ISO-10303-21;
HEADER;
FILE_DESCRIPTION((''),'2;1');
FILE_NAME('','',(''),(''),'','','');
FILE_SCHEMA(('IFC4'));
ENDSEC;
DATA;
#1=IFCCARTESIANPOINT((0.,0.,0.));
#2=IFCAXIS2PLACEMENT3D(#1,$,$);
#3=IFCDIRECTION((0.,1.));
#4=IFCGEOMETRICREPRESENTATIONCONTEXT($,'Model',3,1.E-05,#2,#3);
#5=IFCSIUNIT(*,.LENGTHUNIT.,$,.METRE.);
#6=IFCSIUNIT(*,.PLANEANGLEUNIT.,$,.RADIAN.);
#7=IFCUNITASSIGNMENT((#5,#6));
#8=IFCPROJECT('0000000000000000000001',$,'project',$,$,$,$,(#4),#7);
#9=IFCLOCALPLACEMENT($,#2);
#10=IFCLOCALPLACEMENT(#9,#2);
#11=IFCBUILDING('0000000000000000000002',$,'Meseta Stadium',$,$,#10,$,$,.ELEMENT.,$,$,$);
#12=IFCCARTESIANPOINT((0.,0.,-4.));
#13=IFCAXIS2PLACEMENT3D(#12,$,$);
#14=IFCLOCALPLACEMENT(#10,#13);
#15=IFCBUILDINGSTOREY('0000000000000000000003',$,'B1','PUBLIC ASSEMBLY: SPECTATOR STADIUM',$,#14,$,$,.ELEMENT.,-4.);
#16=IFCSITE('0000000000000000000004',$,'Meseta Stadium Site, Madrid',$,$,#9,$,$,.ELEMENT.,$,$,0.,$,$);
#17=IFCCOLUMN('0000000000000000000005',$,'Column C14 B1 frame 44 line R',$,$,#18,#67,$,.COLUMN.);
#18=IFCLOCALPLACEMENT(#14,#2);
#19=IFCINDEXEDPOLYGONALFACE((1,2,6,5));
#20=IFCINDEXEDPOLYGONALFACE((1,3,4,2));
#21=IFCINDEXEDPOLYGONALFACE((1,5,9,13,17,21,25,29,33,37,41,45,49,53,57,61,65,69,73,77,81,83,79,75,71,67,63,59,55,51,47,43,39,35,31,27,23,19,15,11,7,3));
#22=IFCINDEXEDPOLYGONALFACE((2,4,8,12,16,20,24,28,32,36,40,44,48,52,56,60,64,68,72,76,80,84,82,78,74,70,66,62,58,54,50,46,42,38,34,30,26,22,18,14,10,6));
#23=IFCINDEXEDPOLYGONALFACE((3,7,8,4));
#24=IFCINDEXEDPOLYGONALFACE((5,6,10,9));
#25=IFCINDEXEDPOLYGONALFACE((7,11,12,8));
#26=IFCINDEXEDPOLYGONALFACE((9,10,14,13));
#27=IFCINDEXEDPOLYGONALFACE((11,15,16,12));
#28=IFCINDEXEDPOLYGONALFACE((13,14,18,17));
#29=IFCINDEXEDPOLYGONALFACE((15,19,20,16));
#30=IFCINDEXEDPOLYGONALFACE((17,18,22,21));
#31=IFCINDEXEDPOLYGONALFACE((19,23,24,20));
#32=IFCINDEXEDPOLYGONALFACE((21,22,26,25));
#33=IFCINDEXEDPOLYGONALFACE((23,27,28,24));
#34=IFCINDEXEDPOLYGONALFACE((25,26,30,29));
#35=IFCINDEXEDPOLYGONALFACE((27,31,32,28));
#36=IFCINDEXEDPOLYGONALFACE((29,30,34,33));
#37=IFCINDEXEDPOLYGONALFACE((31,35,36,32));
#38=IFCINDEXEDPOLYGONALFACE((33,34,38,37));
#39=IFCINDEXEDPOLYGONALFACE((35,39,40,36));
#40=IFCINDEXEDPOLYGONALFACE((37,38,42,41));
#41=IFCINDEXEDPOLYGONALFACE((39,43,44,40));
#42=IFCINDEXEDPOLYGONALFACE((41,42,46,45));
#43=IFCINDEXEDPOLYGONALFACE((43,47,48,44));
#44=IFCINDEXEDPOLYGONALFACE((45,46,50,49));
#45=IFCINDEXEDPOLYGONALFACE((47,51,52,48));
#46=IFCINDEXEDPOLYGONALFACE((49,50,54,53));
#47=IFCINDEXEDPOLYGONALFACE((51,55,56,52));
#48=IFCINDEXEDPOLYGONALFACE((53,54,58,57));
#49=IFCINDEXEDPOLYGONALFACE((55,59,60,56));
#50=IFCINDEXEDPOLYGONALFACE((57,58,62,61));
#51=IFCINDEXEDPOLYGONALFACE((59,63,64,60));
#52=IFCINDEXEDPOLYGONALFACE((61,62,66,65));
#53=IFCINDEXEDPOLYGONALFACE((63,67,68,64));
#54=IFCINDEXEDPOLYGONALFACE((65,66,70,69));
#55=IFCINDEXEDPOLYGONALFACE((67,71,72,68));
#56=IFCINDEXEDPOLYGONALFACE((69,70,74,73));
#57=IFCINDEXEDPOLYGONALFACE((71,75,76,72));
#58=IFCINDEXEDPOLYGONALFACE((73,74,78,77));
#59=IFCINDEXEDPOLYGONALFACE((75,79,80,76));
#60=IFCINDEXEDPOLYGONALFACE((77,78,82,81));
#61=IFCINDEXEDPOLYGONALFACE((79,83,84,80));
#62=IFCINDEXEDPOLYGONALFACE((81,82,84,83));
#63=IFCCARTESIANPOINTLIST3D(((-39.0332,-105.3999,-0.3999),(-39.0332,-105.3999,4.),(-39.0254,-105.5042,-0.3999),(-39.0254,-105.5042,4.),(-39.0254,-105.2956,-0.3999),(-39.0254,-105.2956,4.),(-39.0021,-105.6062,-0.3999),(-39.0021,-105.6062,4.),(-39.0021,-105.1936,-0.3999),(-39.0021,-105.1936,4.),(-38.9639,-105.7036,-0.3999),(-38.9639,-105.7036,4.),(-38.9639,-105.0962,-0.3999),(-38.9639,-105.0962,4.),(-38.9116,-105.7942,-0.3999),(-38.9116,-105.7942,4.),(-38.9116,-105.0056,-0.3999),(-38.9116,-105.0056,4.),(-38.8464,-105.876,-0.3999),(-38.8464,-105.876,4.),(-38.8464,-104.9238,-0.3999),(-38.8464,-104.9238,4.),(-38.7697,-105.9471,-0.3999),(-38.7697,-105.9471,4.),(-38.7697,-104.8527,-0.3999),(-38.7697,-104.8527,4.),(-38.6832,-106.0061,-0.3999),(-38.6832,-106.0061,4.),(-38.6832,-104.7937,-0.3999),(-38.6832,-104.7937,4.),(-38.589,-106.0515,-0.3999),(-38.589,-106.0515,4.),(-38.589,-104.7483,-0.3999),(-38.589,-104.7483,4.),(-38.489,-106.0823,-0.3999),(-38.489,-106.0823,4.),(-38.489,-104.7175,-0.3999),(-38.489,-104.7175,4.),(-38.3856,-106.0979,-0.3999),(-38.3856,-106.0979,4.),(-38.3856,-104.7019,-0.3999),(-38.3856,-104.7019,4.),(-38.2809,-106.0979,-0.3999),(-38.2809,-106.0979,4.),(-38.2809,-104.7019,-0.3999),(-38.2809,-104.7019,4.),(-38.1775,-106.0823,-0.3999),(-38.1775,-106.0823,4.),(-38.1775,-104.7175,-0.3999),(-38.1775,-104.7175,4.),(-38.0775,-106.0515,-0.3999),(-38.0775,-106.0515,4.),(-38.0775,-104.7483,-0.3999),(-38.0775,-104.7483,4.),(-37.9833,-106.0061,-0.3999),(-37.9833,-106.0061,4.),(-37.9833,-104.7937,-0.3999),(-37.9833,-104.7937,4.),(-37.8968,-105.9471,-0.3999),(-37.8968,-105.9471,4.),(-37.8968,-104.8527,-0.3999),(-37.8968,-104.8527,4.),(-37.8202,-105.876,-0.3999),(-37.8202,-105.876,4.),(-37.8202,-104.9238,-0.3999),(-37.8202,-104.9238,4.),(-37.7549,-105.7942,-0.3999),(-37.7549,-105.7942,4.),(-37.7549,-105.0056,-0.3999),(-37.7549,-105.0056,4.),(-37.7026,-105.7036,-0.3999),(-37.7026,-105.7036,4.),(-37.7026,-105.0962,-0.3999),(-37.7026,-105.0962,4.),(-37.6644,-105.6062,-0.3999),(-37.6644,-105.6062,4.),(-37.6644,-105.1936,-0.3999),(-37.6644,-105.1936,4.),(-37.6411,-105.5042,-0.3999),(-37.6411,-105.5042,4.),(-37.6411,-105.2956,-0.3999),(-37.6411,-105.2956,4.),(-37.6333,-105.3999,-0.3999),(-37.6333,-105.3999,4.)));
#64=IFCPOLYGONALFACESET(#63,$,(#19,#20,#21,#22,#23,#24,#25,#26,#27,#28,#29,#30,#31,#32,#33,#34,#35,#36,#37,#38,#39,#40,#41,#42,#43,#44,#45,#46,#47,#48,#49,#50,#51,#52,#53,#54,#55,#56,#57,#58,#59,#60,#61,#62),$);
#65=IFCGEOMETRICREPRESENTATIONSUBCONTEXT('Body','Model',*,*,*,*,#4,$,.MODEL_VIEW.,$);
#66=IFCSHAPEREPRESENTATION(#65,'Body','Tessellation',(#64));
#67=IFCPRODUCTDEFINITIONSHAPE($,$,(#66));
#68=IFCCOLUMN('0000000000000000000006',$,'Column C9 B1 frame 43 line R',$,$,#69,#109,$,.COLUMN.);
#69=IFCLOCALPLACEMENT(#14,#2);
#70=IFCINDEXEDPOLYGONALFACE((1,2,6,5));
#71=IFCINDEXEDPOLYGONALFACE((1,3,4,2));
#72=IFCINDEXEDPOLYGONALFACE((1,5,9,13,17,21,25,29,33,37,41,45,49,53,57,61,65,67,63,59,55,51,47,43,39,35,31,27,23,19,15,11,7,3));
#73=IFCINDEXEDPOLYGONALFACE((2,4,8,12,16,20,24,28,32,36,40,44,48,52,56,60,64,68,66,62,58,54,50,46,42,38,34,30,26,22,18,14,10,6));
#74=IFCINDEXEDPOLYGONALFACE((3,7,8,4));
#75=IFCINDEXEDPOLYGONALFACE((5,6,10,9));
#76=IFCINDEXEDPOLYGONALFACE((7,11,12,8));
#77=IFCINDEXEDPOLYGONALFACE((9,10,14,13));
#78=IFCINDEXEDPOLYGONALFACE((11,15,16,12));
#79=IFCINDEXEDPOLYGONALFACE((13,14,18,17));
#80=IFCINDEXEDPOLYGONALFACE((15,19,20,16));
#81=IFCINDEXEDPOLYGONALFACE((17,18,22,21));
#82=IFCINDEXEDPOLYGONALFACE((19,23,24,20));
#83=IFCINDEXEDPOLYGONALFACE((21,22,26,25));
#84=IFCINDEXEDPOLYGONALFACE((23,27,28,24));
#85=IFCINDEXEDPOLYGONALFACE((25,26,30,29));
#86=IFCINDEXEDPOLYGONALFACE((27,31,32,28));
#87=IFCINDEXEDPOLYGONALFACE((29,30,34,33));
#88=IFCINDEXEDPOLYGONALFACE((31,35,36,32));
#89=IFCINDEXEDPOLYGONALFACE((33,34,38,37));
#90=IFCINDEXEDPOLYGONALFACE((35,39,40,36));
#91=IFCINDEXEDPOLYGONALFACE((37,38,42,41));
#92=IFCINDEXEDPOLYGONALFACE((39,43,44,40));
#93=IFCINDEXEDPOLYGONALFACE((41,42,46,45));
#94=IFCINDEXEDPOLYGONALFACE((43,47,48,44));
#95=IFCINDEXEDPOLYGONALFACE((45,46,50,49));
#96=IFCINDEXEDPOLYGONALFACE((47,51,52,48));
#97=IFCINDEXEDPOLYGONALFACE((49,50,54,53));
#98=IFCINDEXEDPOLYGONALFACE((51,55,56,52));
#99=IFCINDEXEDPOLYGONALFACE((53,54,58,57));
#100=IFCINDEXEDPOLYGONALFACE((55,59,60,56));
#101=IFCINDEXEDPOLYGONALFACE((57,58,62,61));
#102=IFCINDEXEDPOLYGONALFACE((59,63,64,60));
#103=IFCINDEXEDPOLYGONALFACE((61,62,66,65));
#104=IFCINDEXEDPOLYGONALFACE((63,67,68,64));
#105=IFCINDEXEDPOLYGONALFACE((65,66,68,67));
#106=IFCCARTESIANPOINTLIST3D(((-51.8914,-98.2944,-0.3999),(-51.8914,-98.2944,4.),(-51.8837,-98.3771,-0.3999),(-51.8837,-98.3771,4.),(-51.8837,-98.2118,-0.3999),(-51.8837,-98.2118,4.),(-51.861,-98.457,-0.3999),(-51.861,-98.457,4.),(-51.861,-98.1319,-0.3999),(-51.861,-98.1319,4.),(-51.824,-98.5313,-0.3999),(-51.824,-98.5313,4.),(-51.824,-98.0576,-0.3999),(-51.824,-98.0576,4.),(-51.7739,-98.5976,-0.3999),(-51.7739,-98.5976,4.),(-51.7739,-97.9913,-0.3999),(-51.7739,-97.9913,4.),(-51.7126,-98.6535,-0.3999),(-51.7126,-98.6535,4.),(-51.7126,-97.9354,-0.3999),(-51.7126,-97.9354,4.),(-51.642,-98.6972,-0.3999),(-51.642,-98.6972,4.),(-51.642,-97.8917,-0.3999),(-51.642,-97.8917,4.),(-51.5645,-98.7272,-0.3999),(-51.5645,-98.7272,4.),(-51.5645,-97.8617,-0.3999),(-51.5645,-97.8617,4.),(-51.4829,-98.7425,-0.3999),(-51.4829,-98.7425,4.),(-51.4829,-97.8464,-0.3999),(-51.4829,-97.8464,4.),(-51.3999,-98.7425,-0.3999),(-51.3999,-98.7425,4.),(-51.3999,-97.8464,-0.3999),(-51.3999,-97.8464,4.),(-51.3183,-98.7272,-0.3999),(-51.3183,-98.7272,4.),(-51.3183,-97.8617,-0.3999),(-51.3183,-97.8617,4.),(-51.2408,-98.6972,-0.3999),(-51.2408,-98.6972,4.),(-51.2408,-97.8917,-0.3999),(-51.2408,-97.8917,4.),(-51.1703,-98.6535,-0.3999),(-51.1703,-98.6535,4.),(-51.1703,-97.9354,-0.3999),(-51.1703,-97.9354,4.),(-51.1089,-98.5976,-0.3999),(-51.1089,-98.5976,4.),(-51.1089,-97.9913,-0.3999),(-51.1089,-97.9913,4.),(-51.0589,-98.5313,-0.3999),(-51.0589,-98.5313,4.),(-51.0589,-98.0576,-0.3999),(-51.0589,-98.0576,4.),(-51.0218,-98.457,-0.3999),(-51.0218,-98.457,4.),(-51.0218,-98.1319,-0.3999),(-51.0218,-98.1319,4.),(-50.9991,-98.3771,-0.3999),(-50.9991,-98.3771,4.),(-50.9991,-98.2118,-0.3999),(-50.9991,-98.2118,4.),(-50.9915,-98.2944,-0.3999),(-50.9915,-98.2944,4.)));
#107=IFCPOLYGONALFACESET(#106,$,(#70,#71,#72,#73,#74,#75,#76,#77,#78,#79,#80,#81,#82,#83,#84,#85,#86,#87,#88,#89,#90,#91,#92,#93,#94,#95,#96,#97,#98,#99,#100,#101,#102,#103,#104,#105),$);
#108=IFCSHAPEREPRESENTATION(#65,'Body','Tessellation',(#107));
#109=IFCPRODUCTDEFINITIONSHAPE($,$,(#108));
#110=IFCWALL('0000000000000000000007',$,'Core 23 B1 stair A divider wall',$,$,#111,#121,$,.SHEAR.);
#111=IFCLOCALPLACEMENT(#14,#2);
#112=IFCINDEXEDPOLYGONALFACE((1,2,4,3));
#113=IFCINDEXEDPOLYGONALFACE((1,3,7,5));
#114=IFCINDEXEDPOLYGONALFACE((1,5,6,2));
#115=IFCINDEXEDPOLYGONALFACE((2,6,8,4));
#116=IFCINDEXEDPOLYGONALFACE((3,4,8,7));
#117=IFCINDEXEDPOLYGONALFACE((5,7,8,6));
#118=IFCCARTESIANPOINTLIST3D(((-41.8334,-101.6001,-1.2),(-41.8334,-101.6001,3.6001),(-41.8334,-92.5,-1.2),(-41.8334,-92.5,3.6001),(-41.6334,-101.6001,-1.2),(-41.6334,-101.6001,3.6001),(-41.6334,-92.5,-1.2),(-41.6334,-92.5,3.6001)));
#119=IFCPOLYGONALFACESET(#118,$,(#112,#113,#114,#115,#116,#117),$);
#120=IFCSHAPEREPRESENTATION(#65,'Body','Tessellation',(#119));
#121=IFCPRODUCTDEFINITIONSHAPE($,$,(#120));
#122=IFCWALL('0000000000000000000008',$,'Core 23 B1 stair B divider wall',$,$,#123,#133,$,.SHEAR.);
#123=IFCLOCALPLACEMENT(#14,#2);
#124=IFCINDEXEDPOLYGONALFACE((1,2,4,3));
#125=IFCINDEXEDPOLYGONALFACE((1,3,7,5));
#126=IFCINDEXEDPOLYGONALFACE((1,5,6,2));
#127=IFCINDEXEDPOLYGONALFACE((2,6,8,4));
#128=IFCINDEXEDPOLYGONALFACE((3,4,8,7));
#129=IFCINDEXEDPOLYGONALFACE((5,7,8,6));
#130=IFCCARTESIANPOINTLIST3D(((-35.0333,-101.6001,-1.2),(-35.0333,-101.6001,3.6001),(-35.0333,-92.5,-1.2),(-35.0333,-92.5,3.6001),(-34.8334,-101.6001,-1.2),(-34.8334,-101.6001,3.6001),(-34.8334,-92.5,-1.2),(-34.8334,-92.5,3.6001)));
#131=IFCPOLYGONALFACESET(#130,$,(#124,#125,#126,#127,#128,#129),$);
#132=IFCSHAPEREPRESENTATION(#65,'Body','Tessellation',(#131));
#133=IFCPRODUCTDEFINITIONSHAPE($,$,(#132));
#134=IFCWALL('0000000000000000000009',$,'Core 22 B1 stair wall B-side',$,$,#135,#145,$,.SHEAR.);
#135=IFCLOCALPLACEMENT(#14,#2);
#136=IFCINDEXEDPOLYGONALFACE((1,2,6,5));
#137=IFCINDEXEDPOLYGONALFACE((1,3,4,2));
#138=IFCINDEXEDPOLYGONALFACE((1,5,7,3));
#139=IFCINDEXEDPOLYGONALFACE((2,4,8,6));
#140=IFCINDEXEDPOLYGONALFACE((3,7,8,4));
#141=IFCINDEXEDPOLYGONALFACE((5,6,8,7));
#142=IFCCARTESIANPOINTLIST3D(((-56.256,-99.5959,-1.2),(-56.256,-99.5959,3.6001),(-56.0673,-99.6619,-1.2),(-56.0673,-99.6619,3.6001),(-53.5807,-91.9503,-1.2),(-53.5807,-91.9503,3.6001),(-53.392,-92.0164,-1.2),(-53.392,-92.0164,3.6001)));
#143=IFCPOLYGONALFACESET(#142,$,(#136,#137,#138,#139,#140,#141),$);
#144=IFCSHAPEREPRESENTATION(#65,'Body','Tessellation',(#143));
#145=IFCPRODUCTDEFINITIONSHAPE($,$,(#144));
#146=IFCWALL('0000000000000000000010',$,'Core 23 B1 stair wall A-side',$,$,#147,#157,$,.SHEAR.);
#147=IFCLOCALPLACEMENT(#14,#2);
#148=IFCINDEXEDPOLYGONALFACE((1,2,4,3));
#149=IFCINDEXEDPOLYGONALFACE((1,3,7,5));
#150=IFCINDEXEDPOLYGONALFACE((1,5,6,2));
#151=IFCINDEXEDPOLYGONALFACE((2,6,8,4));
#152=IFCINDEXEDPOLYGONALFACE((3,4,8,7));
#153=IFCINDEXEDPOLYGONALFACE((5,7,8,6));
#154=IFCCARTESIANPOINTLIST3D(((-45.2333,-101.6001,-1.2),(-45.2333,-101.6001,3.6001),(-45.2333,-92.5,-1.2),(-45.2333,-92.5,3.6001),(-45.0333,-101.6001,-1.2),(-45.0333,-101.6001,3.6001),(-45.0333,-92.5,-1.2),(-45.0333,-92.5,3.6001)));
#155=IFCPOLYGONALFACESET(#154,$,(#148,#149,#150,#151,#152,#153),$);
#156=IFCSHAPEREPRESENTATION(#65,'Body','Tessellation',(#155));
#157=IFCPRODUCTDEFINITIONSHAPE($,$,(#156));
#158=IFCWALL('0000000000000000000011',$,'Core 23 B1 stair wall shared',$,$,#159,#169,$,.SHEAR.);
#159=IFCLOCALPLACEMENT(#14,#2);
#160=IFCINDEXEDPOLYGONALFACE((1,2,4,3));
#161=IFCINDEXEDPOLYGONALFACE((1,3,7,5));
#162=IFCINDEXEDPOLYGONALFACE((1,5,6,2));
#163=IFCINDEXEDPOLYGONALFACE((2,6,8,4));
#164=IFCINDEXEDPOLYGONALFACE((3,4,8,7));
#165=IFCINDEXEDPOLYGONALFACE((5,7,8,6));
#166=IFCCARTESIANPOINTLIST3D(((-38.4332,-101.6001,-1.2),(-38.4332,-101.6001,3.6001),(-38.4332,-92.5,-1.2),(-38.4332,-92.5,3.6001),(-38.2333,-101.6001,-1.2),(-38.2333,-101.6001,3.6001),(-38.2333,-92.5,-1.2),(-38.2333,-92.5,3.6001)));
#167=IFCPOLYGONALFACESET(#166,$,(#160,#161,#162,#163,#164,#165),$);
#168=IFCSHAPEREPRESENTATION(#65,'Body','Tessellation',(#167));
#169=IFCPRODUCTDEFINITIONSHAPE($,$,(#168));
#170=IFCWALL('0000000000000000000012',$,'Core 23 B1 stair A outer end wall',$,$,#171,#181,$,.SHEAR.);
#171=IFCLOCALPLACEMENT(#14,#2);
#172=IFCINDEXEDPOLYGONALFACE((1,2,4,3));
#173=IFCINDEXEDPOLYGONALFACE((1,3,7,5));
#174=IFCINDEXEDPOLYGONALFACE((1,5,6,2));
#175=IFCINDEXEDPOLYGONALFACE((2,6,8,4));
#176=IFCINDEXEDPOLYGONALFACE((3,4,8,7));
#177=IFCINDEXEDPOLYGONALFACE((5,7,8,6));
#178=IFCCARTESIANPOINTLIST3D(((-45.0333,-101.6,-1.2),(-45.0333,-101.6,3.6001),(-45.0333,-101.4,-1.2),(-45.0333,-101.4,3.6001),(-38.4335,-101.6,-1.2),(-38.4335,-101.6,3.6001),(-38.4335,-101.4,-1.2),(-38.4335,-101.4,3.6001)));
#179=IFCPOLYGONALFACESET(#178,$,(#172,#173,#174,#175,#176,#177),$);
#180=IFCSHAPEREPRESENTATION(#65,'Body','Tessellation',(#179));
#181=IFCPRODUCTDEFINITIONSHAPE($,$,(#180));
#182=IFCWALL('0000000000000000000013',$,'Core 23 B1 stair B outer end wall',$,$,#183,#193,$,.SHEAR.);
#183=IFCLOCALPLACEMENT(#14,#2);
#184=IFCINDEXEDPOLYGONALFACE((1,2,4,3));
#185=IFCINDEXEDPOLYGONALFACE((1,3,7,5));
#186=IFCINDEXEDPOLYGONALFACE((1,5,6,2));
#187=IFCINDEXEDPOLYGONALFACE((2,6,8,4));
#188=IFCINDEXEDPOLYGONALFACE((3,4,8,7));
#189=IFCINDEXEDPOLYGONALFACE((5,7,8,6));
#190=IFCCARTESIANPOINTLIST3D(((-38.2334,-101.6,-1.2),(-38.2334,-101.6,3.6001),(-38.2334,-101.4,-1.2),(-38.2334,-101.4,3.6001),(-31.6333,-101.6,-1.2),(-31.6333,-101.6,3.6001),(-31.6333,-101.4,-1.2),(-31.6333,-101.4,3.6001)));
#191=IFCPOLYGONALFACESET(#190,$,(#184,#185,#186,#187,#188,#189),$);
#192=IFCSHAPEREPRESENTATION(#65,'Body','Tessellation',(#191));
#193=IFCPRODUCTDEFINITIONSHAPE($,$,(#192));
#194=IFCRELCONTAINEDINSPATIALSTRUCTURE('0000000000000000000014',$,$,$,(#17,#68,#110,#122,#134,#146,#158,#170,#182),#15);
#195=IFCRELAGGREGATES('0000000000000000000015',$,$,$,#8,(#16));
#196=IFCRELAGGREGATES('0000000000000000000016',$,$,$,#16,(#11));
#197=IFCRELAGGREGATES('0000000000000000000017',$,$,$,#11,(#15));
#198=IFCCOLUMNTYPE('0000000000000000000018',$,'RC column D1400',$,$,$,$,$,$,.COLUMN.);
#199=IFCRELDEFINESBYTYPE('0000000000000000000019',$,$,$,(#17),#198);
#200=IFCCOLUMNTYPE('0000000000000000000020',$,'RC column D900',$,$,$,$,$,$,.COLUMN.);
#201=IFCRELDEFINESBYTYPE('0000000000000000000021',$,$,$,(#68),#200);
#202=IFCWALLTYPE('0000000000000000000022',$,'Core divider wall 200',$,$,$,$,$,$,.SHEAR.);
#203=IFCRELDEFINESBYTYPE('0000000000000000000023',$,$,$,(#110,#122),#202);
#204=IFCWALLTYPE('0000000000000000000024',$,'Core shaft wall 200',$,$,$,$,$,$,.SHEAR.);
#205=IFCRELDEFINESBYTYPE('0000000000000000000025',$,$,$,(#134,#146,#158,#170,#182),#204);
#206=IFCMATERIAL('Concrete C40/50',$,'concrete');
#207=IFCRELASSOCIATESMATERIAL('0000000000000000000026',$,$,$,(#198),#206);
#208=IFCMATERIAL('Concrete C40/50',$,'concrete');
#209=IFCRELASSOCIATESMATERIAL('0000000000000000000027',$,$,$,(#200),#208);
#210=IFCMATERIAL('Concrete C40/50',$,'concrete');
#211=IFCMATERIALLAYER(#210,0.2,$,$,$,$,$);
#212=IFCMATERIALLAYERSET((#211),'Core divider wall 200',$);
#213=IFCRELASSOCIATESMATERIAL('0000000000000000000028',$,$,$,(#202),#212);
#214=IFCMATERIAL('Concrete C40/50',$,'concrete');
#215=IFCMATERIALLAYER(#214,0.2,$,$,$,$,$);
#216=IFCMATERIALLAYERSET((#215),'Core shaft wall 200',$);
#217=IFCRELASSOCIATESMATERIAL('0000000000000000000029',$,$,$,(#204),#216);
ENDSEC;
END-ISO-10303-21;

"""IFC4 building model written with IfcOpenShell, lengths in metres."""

from ifc_helpers import new_model, si_unit, direction, frame, frame_2d, origin, origin_2d, place, context, subcontext, project, spatial, rectangle, circle, extrude, material, layer, layer_set, material_profile, profile_set, type_object, element, save


model = new_model("IFC4")

# Units and contexts
model_context = context("Model", 3, precision=1e-05, world=origin(), true_north=direction((0.0, 1.0)))
body_context = subcontext(model_context, "Body", "Model", "MODEL_VIEW")
ifc_project = project(units=[si_unit("LENGTHUNIT", "METRE"), si_unit("PLANEANGLEUNIT", "RADIAN")], contexts=[model_context])

# Site, building, storey
site_placement = place(None, origin())
site = spatial("IfcSite", under=ifc_project, at=site_placement, Name="Meseta Stadium Site, Madrid", CompositionType="ELEMENT", RefElevation=0.0)
building_placement = place(site_placement, origin())
building = spatial("IfcBuilding", under=site, at=building_placement, Name="Meseta Stadium", CompositionType="ELEMENT")
storey_placement = place(building_placement, frame((0.0, 0.0, -4.0)))
storey = spatial("IfcBuildingStorey", under=building, at=storey_placement, Name="B1", Description="PUBLIC ASSEMBLY: SPECTATOR STADIUM", CompositionType="ELEMENT", Elevation=-4.0)

# Columns
ifc_material_1 = material(Name="Concrete C40/50", Category="concrete")
ifc_material_profile_1 = material_profile(ifc_material_1, circle(Radius=0.7, at=origin_2d()), Name="RC D1400")
ifc_profile_set_1 = profile_set([ifc_material_profile_1], Name="Concrete C40/50")
column_type_1 = type_object("IfcColumnType", Name="RC column D1400", PredefinedType="COLUMN", material=ifc_profile_set_1)
column_1_placement = place(storey_placement, frame((-38.3333, -105.3999, -0.3999), z_axis=(0.0, 0.0, 1.0), x_axis=(1.0, 0.0, 0.0)))
element("IfcColumn", 1, at=column_1_placement, inside=storey, type_object=column_type_1, Name="Column C14 B1 frame 44 line R", PredefinedType="COLUMN", context=body_context, shape_type="SweptSolid", body=[
    extrude(circle(Radius=0.7, at=origin_2d()), origin(), (0.0, 0.0, 1.0), 4.3999),
])
ifc_material_2 = material(Name="Concrete C40/50", Category="concrete")
ifc_material_profile_2 = material_profile(ifc_material_2, circle(Radius=0.45, at=origin_2d()), Name="RC D900")
ifc_profile_set_2 = profile_set([ifc_material_profile_2], Name="Concrete C40/50")
column_type_2 = type_object("IfcColumnType", Name="RC column D900", PredefinedType="COLUMN", material=ifc_profile_set_2)
column_2_placement = place(storey_placement, frame((-51.4414, -98.2944, -0.3999), z_axis=(0.0, 0.0, 1.0), x_axis=(1.0, 0.0, 0.0)))
element("IfcColumn", 2, at=column_2_placement, inside=storey, type_object=column_type_2, Name="Column C9 B1 frame 43 line R", PredefinedType="COLUMN", context=body_context, shape_type="SweptSolid", body=[
    extrude(circle(Radius=0.45, at=origin_2d()), origin(), (0.0, 0.0, 1.0), 4.3999),
])

# Walls
ifc_material_3 = material(Name="Concrete C40/50", Category="concrete")
ifc_layer_1 = layer(ifc_material_3, 0.2)
ifc_layer_set_1 = layer_set([ifc_layer_1], Name="Core divider wall 200")
wall_type_1 = type_object("IfcWallType", Name="Core divider wall 200", PredefinedType="SHEAR", material=ifc_layer_set_1)
for number, where, z_axis, x_axis, name in (
    (3, (-41.7334, -101.6001, -1.2), (0.0, 0.0, 1.0), (0.0, 1.0, 0.0), "Core 23 B1 stair A divider wall"),
    (4, (-34.9333, -101.6001, -1.2), (0.0, 0.0, 1.0), (0.0, 1.0, 0.0), "Core 23 B1 stair B divider wall"),
):
    element("IfcWall", number, at=place(storey_placement, frame(where, z_axis=z_axis, x_axis=x_axis)), inside=storey, type_object=wall_type_1, Name=name, PredefinedType="SHEAR", context=body_context, shape_type="SweptSolid", body=[
        extrude(rectangle(XDim=9.1001, YDim=0.2, at=frame_2d((4.55, 0.0))), origin(), (0.0, 0.0, 1.0), 4.8),
    ])
ifc_material_4 = material(Name="Concrete C40/50", Category="concrete")
ifc_layer_2 = layer(ifc_material_4, 0.2)
ifc_layer_set_2 = layer_set([ifc_layer_2], Name="Core shaft wall 200")
wall_type_2 = type_object("IfcWallType", Name="Core shaft wall 200", PredefinedType="SHEAR", material=ifc_layer_set_2)
wall_1_placement = place(storey_placement, frame((-56.1616, -99.6289, -1.2), z_axis=(0.0, 0.0, 1.0), x_axis=(0.330281, 0.943883, 0.0)))
element("IfcWall", 5, at=wall_1_placement, inside=storey, type_object=wall_type_2, Name="Core 22 B1 stair wall B-side", PredefinedType="SHEAR", context=body_context, shape_type="SweptSolid", body=[
    extrude(rectangle(XDim=8.1001, YDim=0.2, at=frame_2d((4.05, 0.0))), origin(), (0.0, 0.0, 1.0), 4.8),
])
for number, where, z_axis, x_axis, name in (
    (6, (-45.1333, -101.6001, -1.2), (0.0, 0.0, 1.0), (0.0, 1.0, 0.0), "Core 23 B1 stair wall A-side"),
    (7, (-38.3333, -101.6001, -1.2), (0.0, 0.0, 1.0), (0.0, 1.0, 0.0), "Core 23 B1 stair wall shared"),
):
    element("IfcWall", number, at=place(storey_placement, frame(where, z_axis=z_axis, x_axis=x_axis)), inside=storey, type_object=wall_type_2, Name=name, PredefinedType="SHEAR", context=body_context, shape_type="SweptSolid", body=[
        extrude(rectangle(XDim=9.1001, YDim=0.2, at=frame_2d((4.55, 0.0))), origin(), (0.0, 0.0, 1.0), 4.8),
    ])
wall_2_placement = place(storey_placement, frame((-45.0332, -101.5, -1.2), z_axis=(0.0, 0.0, 1.0), x_axis=(1.0, 0.0, 0.0)))
element("IfcWall", 8, at=wall_2_placement, inside=storey, type_object=wall_type_2, Name="Core 23 B1 stair A outer end wall", PredefinedType="SHEAR", context=body_context, shape_type="SweptSolid", body=[
    extrude(rectangle(XDim=6.5999, YDim=0.2, at=frame_2d((3.2998, 0.0))), origin(), (0.0, 0.0, 1.0), 4.8),
])
wall_3_placement = place(storey_placement, frame((-38.2334, -101.5, -1.2), z_axis=(0.0, 0.0, 1.0), x_axis=(1.0, 0.0, 0.0)))
element("IfcWall", 9, at=wall_3_placement, inside=storey, type_object=wall_type_2, Name="Core 23 B1 stair B outer end wall", PredefinedType="SHEAR", context=body_context, shape_type="SweptSolid", body=[
    extrude(rectangle(XDim=6.6001, YDim=0.2, at=frame_2d((3.3, 0.0))), origin(), (0.0, 0.0, 1.0), 4.8),
])

save(model, "model.ifc")
